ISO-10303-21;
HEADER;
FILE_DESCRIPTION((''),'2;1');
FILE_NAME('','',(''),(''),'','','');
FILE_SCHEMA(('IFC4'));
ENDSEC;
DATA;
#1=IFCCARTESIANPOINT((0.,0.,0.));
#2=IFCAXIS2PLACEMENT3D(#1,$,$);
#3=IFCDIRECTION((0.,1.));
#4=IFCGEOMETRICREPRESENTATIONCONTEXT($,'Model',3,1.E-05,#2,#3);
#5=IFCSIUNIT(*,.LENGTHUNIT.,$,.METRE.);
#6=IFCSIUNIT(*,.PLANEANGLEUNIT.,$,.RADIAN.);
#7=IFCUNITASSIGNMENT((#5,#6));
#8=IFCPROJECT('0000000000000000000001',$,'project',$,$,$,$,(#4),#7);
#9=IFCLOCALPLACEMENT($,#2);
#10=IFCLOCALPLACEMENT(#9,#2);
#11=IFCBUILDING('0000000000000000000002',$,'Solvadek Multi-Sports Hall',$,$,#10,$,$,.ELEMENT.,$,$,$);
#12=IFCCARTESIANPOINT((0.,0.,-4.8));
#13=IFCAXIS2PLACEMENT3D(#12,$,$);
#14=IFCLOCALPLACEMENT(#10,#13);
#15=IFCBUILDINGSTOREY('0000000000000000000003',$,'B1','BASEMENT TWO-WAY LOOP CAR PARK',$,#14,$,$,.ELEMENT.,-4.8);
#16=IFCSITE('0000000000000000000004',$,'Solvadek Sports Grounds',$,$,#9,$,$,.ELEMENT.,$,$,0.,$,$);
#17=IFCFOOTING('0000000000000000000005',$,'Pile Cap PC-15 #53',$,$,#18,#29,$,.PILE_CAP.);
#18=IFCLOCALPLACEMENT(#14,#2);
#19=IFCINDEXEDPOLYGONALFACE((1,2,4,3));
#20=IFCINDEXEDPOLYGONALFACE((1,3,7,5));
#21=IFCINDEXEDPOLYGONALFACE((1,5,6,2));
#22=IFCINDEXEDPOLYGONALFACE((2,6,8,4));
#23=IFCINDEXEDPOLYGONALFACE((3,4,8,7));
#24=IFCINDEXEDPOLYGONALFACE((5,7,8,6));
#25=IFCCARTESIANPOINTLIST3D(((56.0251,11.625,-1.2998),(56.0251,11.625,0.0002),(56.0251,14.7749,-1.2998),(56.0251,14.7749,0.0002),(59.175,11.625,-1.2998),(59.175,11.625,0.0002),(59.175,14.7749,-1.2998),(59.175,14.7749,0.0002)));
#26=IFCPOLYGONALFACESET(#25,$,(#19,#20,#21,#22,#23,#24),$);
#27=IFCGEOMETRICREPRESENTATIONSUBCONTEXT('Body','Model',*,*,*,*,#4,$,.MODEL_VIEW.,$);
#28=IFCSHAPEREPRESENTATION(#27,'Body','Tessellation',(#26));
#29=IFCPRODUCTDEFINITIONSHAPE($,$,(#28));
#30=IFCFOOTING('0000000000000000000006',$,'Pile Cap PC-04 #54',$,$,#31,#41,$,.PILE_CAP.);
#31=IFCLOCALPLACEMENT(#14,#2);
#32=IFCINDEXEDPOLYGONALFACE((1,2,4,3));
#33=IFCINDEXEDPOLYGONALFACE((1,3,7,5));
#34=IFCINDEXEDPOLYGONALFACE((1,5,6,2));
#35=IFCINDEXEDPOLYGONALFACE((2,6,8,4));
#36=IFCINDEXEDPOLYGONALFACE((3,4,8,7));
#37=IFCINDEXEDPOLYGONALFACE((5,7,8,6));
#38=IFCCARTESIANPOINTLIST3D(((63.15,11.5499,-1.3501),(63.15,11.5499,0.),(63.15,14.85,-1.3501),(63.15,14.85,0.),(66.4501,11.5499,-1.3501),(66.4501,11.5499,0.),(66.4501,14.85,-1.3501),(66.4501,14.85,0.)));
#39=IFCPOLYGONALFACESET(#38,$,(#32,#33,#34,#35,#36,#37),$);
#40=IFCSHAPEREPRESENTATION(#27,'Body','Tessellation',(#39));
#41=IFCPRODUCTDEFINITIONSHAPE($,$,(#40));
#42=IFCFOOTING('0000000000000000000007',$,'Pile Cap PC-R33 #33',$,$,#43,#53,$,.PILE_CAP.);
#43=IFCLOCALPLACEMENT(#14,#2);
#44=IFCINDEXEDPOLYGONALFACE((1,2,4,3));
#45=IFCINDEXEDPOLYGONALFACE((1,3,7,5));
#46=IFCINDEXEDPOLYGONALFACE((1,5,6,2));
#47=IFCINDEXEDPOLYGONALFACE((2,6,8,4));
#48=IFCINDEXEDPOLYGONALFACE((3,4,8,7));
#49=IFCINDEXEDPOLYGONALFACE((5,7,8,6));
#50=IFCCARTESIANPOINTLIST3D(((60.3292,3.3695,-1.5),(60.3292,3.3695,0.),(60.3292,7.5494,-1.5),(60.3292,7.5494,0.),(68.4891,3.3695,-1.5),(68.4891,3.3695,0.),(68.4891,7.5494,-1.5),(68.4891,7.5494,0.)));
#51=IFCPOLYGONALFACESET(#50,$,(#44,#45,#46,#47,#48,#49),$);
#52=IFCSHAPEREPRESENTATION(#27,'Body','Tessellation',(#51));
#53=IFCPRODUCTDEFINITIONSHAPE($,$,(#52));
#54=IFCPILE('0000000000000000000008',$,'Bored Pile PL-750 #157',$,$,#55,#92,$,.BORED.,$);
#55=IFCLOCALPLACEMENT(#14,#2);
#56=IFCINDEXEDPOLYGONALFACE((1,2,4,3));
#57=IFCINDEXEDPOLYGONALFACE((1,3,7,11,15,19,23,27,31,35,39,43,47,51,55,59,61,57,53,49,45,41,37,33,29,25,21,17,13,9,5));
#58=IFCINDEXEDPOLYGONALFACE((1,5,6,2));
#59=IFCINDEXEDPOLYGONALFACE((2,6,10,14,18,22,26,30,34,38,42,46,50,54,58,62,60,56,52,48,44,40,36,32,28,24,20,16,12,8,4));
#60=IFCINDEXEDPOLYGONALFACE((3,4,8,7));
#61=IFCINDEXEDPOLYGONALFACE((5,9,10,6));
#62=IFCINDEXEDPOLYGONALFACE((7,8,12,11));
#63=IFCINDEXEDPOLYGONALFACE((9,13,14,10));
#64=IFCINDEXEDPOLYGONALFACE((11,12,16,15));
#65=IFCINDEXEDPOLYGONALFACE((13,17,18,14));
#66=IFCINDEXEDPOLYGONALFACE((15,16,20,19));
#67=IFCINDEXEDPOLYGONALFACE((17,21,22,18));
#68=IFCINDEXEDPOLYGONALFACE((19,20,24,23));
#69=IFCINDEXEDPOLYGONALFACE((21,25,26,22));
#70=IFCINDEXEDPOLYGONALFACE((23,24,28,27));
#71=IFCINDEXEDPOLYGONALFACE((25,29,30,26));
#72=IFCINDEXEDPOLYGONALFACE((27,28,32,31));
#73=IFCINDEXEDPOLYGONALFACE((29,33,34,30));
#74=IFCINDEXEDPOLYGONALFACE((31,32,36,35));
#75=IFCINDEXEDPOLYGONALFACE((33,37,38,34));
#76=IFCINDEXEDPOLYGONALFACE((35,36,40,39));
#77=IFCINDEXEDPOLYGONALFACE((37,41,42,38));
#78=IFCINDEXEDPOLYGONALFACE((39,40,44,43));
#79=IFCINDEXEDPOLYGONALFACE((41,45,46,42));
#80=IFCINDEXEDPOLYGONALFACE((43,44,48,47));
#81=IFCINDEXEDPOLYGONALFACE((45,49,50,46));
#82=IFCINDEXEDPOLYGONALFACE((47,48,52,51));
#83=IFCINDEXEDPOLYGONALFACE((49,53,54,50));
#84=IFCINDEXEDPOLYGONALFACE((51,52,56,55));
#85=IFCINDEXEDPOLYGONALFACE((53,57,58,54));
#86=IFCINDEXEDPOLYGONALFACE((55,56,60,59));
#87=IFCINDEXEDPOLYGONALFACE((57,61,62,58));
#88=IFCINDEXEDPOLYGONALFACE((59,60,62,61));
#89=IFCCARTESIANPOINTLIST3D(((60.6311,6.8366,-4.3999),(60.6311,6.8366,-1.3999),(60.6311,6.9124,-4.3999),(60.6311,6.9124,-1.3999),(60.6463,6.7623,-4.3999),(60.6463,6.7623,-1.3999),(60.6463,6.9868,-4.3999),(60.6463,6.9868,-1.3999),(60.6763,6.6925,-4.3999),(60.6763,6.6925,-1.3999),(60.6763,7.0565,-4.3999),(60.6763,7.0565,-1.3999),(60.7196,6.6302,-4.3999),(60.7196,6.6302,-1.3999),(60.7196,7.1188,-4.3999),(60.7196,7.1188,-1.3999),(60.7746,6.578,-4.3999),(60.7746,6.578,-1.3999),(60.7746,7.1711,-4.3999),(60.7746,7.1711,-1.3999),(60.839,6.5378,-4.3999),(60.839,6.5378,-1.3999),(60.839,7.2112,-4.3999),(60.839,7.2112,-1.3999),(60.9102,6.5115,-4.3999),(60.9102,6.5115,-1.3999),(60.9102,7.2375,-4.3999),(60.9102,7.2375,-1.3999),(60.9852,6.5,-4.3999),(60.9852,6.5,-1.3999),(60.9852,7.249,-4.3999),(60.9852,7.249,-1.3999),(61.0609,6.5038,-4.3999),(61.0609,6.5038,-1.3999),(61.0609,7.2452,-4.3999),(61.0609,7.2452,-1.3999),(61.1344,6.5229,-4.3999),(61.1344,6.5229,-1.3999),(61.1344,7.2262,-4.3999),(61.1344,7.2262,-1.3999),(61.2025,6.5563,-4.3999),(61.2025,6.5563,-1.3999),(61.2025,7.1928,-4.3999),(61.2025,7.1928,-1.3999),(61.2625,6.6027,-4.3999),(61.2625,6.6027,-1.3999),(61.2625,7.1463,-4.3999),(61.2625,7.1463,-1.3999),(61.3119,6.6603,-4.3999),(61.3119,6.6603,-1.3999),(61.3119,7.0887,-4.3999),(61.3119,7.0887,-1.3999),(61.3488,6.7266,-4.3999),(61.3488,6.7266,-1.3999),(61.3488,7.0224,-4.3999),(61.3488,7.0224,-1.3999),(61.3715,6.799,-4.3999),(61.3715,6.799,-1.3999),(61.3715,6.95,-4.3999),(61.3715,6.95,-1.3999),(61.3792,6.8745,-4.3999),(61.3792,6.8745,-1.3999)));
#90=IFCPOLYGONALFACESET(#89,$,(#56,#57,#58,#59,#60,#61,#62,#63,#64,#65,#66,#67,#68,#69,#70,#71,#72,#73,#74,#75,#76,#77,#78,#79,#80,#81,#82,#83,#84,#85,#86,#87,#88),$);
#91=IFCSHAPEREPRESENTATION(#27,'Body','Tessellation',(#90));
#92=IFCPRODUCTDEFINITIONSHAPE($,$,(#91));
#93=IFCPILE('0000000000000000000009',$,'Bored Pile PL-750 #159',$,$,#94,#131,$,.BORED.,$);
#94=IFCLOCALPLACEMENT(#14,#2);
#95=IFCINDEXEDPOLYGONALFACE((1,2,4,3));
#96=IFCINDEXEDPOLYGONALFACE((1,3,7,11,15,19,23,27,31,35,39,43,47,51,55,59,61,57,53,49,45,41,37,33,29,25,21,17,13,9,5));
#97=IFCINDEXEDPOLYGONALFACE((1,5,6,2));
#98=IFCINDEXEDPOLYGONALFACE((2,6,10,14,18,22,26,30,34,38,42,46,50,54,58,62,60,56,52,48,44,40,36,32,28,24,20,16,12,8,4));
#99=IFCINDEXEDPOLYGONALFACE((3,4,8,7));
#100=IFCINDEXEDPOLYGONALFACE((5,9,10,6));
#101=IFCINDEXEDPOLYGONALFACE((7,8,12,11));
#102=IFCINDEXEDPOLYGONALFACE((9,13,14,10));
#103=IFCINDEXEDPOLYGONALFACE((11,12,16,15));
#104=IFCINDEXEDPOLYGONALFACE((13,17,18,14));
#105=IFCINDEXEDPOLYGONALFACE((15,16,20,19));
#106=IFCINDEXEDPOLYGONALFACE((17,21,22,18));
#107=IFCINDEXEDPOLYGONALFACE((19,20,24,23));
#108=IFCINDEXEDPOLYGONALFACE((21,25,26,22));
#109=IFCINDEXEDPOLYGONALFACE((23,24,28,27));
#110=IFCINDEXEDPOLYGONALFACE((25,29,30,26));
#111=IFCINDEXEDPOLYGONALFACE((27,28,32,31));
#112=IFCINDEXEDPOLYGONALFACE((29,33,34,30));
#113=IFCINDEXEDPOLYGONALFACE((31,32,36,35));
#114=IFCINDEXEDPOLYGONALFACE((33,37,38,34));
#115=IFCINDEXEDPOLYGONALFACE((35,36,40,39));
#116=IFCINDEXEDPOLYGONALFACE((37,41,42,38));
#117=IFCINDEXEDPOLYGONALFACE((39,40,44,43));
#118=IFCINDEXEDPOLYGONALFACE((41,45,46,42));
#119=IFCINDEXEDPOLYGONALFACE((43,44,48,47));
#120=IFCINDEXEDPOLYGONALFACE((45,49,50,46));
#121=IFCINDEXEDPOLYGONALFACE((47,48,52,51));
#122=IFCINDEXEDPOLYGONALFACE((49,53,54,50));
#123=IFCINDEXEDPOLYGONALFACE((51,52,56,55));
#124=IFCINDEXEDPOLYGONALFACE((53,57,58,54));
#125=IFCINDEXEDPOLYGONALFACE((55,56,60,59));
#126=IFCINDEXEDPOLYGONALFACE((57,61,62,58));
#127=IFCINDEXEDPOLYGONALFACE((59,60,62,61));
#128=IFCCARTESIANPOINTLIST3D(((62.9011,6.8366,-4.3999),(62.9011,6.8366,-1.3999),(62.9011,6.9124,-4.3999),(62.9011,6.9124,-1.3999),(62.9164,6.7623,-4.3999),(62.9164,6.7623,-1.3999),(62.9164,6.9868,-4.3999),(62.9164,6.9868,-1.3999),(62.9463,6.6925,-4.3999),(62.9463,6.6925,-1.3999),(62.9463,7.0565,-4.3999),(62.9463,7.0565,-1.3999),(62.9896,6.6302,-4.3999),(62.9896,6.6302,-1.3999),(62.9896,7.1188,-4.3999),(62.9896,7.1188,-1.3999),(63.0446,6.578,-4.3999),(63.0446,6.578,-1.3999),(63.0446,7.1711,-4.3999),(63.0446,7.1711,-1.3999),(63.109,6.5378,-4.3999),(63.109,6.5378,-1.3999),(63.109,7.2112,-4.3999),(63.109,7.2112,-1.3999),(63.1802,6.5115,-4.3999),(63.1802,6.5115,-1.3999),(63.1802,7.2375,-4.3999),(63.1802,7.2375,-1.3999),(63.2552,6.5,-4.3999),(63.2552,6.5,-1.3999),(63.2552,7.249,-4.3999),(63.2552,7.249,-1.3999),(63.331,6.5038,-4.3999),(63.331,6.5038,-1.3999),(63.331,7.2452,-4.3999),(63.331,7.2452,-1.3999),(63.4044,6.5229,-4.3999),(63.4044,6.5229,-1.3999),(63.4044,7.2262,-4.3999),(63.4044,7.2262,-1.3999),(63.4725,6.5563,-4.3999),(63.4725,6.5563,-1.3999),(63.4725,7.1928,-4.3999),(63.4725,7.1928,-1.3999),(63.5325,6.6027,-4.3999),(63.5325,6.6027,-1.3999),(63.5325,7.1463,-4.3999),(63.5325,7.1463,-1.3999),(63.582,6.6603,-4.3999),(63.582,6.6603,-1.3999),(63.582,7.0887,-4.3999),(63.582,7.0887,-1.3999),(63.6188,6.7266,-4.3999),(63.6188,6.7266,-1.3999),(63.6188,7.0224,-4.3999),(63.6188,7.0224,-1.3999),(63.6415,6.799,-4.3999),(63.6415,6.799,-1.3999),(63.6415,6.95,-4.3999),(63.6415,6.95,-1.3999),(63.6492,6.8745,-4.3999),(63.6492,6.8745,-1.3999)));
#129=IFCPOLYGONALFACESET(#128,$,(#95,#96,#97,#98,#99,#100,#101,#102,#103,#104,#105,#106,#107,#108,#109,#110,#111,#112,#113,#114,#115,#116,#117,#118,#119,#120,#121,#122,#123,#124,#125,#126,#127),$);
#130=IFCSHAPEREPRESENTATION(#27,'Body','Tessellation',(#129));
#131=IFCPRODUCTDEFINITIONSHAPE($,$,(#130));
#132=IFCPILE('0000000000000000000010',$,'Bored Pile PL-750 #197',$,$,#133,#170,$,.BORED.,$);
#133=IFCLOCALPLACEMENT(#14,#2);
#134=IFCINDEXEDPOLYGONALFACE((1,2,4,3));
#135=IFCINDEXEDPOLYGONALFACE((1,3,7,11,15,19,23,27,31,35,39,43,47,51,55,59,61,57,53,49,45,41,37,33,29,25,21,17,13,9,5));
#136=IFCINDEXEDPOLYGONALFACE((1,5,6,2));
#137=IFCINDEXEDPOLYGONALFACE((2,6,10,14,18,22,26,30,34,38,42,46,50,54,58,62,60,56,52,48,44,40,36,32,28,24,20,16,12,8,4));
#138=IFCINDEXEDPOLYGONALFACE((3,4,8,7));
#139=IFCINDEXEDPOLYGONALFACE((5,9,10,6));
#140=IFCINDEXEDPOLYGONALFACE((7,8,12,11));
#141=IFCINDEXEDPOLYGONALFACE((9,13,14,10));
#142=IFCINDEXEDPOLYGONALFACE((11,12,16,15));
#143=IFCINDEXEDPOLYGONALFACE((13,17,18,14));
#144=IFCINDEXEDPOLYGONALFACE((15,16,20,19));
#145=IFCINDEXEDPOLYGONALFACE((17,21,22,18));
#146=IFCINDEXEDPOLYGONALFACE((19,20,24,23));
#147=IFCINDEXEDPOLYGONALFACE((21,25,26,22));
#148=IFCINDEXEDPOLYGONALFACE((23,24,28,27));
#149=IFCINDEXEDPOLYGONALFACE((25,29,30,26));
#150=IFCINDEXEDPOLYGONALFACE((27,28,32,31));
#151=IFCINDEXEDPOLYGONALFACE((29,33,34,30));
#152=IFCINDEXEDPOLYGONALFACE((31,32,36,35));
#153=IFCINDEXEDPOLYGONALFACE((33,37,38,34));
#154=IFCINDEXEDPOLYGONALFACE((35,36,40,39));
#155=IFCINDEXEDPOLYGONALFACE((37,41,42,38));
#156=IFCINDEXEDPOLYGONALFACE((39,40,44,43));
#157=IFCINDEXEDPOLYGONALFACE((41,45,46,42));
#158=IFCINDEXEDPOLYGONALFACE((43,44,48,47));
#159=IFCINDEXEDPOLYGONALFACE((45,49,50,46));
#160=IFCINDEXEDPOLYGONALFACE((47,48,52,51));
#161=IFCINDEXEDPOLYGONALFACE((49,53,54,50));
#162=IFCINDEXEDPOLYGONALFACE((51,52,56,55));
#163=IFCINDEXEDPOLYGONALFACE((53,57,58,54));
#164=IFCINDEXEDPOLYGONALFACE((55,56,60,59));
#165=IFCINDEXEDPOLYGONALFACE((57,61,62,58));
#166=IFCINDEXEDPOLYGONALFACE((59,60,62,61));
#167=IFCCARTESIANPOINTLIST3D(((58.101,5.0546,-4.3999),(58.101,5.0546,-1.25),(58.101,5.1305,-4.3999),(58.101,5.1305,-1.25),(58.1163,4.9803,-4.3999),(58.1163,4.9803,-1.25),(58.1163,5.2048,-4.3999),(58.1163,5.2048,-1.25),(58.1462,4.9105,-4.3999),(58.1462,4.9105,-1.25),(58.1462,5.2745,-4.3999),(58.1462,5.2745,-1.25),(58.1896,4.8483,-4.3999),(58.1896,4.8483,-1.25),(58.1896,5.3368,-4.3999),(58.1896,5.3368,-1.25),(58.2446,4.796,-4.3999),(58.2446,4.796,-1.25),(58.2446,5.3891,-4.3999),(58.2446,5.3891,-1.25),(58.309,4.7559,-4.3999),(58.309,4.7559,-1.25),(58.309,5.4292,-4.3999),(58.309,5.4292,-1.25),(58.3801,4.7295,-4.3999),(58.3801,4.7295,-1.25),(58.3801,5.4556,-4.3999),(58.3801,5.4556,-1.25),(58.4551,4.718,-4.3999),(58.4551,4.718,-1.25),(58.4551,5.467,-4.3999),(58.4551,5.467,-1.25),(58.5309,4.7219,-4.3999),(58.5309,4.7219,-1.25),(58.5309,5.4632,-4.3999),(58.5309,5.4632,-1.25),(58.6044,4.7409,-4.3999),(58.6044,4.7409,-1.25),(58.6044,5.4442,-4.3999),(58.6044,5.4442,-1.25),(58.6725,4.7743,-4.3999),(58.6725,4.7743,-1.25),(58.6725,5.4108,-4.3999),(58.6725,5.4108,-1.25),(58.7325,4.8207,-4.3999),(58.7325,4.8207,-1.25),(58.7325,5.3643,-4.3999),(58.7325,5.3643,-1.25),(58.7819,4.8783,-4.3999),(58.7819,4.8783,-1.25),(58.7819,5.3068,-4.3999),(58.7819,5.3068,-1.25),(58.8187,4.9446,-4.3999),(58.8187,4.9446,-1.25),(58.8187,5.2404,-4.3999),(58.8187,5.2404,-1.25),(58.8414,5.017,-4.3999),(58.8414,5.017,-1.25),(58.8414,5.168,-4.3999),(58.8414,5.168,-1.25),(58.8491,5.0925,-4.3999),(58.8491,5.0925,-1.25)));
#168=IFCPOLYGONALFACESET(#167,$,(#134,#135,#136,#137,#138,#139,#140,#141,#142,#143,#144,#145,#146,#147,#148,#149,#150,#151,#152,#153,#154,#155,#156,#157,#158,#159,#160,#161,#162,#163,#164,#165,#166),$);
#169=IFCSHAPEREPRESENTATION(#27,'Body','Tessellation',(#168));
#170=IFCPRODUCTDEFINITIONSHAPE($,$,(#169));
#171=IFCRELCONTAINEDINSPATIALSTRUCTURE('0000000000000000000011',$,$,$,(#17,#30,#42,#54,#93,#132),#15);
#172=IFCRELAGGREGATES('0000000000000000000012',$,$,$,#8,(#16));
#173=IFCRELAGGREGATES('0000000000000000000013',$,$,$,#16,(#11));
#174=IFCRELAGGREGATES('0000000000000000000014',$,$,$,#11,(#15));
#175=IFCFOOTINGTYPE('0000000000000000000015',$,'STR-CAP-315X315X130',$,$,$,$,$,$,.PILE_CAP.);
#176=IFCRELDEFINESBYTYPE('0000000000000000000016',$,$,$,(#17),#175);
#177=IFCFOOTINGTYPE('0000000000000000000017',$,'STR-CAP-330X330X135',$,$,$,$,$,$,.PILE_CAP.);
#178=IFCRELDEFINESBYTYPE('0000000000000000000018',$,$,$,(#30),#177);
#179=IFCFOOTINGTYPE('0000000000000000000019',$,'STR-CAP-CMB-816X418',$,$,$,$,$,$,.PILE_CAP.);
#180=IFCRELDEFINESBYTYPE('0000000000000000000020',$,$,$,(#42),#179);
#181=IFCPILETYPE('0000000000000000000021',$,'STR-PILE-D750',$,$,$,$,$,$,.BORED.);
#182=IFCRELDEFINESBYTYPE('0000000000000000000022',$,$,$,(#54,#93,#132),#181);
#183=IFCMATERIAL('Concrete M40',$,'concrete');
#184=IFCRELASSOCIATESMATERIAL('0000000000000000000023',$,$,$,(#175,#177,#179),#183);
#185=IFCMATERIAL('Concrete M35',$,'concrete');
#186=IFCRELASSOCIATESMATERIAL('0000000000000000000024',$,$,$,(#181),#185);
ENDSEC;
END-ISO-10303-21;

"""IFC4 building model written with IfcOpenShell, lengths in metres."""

from ifc_helpers import new_model, si_unit, direction, frame, origin, origin_2d, place, context, subcontext, project, spatial, rectangle, circle, extrude, material, material_profile, profile_set, type_object, element, save


model = new_model("IFC4")

# Units and contexts
model_context = context("Model", 3, precision=1e-05, world=origin(), true_north=direction((0.0, 1.0)))
body_context = subcontext(model_context, "Body", "Model", "MODEL_VIEW")
ifc_project = project(units=[si_unit("LENGTHUNIT", "METRE"), si_unit("PLANEANGLEUNIT", "RADIAN")], contexts=[model_context])

# Site, building, storey
site_placement = place(None, origin())
site = spatial("IfcSite", under=ifc_project, at=site_placement, Name="Solvadek Sports Grounds", CompositionType="ELEMENT", RefElevation=0.0)
building_placement = place(site_placement, origin())
building = spatial("IfcBuilding", under=site, at=building_placement, Name="Solvadek Multi-Sports Hall", CompositionType="ELEMENT")
storey_placement = place(building_placement, frame((0.0, 0.0, -4.8)))
storey = spatial("IfcBuildingStorey", under=building, at=storey_placement, Name="B1", Description="BASEMENT TWO-WAY LOOP CAR PARK", CompositionType="ELEMENT", Elevation=-4.8)

# Footings
ifc_material_1 = material(Name="Concrete M40", Category="concrete")
footing_type_1 = type_object("IfcFootingType", Name="STR-CAP-315X315X130", PredefinedType="PILE_CAP", material=ifc_material_1)
footing_1_placement = place(storey_placement, frame((57.6001, 13.2, -1.2998), z_axis=(0.0, 0.0, 1.0), x_axis=(1.0, 0.0, 0.0)))
element("IfcFooting", 1, at=footing_1_placement, inside=storey, type_object=footing_type_1, Name="Pile Cap PC-15 #53", PredefinedType="PILE_CAP", context=body_context, shape_type="SweptSolid", body=[
    extrude(rectangle(XDim=3.1499, YDim=3.1499, at=origin_2d()), origin(), (0.0, 0.0, 1.0), 1.3),
])
footing_type_2 = type_object("IfcFootingType", Name="STR-CAP-330X330X135", PredefinedType="PILE_CAP", material=ifc_material_1)
footing_2_placement = place(storey_placement, frame((64.8, 13.2, -1.3501), z_axis=(0.0, 0.0, 1.0), x_axis=(1.0, 0.0, 0.0)))
element("IfcFooting", 2, at=footing_2_placement, inside=storey, type_object=footing_type_2, Name="Pile Cap PC-04 #54", PredefinedType="PILE_CAP", context=body_context, shape_type="SweptSolid", body=[
    extrude(rectangle(XDim=3.3, YDim=3.3, at=origin_2d()), origin(), (0.0, 0.0, 1.0), 1.3501),
])
footing_type_3 = type_object("IfcFootingType", Name="STR-CAP-CMB-816X418", PredefinedType="PILE_CAP", material=ifc_material_1)
footing_3_placement = place(storey_placement, frame((64.4092, 5.4595, -1.5), z_axis=(0.0, 0.0, 1.0), x_axis=(1.0, 0.0, 0.0)))
element("IfcFooting", 3, at=footing_3_placement, inside=storey, type_object=footing_type_3, Name="Pile Cap PC-R33 #33", PredefinedType="PILE_CAP", context=body_context, shape_type="SweptSolid", body=[
    extrude(rectangle(XDim=8.1599, YDim=4.1799, at=origin_2d()), origin(), (0.0, 0.0, 1.0), 1.5),
])

# Piles
ifc_material_2 = material(Name="Concrete M35", Category="concrete")
ifc_material_profile_1 = material_profile(ifc_material_2, circle(Radius=0.375, at=origin_2d()), Name="BORED PILE D750")
ifc_profile_set_1 = profile_set([ifc_material_profile_1], Name="Concrete M35")
pile_type = type_object("IfcPileType", Name="STR-PILE-D750", PredefinedType="BORED", material=ifc_profile_set_1)
for number, where, z_axis, x_axis, name in (
    (4, (61.0042, 6.8745, -1.3999), (0.0, 0.0, -1.0), (1.0, 0.0, 0.0), "Bored Pile PL-750 #157"),
    (5, (63.2742, 6.8745, -1.3999), (0.0, 0.0, -1.0), (1.0, 0.0, 0.0), "Bored Pile PL-750 #159"),
):
    element("IfcPile", number, at=place(storey_placement, frame(where, z_axis=z_axis, x_axis=x_axis)), inside=storey, type_object=pile_type, Name=name, PredefinedType="BORED", context=body_context, shape_type="SweptSolid", body=[
        extrude(circle(Radius=0.375, at=origin_2d()), origin(), (0.0, 0.0, 1.0), 3.0),
    ])
for number, where, z_axis, x_axis, name in (
    (6, (58.4741, 5.0925, -1.25), (0.0, 0.0, -1.0), (1.0, 0.0, 0.0), "Bored Pile PL-750 #197"),
):
    element("IfcPile", number, at=place(storey_placement, frame(where, z_axis=z_axis, x_axis=x_axis)), inside=storey, type_object=pile_type, Name=name, PredefinedType="BORED", context=body_context, shape_type="SweptSolid", body=[
        extrude(circle(Radius=0.375, at=origin_2d()), origin(), (0.0, 0.0, 1.0), 3.1499),
    ])

save(model, "model.ifc")
